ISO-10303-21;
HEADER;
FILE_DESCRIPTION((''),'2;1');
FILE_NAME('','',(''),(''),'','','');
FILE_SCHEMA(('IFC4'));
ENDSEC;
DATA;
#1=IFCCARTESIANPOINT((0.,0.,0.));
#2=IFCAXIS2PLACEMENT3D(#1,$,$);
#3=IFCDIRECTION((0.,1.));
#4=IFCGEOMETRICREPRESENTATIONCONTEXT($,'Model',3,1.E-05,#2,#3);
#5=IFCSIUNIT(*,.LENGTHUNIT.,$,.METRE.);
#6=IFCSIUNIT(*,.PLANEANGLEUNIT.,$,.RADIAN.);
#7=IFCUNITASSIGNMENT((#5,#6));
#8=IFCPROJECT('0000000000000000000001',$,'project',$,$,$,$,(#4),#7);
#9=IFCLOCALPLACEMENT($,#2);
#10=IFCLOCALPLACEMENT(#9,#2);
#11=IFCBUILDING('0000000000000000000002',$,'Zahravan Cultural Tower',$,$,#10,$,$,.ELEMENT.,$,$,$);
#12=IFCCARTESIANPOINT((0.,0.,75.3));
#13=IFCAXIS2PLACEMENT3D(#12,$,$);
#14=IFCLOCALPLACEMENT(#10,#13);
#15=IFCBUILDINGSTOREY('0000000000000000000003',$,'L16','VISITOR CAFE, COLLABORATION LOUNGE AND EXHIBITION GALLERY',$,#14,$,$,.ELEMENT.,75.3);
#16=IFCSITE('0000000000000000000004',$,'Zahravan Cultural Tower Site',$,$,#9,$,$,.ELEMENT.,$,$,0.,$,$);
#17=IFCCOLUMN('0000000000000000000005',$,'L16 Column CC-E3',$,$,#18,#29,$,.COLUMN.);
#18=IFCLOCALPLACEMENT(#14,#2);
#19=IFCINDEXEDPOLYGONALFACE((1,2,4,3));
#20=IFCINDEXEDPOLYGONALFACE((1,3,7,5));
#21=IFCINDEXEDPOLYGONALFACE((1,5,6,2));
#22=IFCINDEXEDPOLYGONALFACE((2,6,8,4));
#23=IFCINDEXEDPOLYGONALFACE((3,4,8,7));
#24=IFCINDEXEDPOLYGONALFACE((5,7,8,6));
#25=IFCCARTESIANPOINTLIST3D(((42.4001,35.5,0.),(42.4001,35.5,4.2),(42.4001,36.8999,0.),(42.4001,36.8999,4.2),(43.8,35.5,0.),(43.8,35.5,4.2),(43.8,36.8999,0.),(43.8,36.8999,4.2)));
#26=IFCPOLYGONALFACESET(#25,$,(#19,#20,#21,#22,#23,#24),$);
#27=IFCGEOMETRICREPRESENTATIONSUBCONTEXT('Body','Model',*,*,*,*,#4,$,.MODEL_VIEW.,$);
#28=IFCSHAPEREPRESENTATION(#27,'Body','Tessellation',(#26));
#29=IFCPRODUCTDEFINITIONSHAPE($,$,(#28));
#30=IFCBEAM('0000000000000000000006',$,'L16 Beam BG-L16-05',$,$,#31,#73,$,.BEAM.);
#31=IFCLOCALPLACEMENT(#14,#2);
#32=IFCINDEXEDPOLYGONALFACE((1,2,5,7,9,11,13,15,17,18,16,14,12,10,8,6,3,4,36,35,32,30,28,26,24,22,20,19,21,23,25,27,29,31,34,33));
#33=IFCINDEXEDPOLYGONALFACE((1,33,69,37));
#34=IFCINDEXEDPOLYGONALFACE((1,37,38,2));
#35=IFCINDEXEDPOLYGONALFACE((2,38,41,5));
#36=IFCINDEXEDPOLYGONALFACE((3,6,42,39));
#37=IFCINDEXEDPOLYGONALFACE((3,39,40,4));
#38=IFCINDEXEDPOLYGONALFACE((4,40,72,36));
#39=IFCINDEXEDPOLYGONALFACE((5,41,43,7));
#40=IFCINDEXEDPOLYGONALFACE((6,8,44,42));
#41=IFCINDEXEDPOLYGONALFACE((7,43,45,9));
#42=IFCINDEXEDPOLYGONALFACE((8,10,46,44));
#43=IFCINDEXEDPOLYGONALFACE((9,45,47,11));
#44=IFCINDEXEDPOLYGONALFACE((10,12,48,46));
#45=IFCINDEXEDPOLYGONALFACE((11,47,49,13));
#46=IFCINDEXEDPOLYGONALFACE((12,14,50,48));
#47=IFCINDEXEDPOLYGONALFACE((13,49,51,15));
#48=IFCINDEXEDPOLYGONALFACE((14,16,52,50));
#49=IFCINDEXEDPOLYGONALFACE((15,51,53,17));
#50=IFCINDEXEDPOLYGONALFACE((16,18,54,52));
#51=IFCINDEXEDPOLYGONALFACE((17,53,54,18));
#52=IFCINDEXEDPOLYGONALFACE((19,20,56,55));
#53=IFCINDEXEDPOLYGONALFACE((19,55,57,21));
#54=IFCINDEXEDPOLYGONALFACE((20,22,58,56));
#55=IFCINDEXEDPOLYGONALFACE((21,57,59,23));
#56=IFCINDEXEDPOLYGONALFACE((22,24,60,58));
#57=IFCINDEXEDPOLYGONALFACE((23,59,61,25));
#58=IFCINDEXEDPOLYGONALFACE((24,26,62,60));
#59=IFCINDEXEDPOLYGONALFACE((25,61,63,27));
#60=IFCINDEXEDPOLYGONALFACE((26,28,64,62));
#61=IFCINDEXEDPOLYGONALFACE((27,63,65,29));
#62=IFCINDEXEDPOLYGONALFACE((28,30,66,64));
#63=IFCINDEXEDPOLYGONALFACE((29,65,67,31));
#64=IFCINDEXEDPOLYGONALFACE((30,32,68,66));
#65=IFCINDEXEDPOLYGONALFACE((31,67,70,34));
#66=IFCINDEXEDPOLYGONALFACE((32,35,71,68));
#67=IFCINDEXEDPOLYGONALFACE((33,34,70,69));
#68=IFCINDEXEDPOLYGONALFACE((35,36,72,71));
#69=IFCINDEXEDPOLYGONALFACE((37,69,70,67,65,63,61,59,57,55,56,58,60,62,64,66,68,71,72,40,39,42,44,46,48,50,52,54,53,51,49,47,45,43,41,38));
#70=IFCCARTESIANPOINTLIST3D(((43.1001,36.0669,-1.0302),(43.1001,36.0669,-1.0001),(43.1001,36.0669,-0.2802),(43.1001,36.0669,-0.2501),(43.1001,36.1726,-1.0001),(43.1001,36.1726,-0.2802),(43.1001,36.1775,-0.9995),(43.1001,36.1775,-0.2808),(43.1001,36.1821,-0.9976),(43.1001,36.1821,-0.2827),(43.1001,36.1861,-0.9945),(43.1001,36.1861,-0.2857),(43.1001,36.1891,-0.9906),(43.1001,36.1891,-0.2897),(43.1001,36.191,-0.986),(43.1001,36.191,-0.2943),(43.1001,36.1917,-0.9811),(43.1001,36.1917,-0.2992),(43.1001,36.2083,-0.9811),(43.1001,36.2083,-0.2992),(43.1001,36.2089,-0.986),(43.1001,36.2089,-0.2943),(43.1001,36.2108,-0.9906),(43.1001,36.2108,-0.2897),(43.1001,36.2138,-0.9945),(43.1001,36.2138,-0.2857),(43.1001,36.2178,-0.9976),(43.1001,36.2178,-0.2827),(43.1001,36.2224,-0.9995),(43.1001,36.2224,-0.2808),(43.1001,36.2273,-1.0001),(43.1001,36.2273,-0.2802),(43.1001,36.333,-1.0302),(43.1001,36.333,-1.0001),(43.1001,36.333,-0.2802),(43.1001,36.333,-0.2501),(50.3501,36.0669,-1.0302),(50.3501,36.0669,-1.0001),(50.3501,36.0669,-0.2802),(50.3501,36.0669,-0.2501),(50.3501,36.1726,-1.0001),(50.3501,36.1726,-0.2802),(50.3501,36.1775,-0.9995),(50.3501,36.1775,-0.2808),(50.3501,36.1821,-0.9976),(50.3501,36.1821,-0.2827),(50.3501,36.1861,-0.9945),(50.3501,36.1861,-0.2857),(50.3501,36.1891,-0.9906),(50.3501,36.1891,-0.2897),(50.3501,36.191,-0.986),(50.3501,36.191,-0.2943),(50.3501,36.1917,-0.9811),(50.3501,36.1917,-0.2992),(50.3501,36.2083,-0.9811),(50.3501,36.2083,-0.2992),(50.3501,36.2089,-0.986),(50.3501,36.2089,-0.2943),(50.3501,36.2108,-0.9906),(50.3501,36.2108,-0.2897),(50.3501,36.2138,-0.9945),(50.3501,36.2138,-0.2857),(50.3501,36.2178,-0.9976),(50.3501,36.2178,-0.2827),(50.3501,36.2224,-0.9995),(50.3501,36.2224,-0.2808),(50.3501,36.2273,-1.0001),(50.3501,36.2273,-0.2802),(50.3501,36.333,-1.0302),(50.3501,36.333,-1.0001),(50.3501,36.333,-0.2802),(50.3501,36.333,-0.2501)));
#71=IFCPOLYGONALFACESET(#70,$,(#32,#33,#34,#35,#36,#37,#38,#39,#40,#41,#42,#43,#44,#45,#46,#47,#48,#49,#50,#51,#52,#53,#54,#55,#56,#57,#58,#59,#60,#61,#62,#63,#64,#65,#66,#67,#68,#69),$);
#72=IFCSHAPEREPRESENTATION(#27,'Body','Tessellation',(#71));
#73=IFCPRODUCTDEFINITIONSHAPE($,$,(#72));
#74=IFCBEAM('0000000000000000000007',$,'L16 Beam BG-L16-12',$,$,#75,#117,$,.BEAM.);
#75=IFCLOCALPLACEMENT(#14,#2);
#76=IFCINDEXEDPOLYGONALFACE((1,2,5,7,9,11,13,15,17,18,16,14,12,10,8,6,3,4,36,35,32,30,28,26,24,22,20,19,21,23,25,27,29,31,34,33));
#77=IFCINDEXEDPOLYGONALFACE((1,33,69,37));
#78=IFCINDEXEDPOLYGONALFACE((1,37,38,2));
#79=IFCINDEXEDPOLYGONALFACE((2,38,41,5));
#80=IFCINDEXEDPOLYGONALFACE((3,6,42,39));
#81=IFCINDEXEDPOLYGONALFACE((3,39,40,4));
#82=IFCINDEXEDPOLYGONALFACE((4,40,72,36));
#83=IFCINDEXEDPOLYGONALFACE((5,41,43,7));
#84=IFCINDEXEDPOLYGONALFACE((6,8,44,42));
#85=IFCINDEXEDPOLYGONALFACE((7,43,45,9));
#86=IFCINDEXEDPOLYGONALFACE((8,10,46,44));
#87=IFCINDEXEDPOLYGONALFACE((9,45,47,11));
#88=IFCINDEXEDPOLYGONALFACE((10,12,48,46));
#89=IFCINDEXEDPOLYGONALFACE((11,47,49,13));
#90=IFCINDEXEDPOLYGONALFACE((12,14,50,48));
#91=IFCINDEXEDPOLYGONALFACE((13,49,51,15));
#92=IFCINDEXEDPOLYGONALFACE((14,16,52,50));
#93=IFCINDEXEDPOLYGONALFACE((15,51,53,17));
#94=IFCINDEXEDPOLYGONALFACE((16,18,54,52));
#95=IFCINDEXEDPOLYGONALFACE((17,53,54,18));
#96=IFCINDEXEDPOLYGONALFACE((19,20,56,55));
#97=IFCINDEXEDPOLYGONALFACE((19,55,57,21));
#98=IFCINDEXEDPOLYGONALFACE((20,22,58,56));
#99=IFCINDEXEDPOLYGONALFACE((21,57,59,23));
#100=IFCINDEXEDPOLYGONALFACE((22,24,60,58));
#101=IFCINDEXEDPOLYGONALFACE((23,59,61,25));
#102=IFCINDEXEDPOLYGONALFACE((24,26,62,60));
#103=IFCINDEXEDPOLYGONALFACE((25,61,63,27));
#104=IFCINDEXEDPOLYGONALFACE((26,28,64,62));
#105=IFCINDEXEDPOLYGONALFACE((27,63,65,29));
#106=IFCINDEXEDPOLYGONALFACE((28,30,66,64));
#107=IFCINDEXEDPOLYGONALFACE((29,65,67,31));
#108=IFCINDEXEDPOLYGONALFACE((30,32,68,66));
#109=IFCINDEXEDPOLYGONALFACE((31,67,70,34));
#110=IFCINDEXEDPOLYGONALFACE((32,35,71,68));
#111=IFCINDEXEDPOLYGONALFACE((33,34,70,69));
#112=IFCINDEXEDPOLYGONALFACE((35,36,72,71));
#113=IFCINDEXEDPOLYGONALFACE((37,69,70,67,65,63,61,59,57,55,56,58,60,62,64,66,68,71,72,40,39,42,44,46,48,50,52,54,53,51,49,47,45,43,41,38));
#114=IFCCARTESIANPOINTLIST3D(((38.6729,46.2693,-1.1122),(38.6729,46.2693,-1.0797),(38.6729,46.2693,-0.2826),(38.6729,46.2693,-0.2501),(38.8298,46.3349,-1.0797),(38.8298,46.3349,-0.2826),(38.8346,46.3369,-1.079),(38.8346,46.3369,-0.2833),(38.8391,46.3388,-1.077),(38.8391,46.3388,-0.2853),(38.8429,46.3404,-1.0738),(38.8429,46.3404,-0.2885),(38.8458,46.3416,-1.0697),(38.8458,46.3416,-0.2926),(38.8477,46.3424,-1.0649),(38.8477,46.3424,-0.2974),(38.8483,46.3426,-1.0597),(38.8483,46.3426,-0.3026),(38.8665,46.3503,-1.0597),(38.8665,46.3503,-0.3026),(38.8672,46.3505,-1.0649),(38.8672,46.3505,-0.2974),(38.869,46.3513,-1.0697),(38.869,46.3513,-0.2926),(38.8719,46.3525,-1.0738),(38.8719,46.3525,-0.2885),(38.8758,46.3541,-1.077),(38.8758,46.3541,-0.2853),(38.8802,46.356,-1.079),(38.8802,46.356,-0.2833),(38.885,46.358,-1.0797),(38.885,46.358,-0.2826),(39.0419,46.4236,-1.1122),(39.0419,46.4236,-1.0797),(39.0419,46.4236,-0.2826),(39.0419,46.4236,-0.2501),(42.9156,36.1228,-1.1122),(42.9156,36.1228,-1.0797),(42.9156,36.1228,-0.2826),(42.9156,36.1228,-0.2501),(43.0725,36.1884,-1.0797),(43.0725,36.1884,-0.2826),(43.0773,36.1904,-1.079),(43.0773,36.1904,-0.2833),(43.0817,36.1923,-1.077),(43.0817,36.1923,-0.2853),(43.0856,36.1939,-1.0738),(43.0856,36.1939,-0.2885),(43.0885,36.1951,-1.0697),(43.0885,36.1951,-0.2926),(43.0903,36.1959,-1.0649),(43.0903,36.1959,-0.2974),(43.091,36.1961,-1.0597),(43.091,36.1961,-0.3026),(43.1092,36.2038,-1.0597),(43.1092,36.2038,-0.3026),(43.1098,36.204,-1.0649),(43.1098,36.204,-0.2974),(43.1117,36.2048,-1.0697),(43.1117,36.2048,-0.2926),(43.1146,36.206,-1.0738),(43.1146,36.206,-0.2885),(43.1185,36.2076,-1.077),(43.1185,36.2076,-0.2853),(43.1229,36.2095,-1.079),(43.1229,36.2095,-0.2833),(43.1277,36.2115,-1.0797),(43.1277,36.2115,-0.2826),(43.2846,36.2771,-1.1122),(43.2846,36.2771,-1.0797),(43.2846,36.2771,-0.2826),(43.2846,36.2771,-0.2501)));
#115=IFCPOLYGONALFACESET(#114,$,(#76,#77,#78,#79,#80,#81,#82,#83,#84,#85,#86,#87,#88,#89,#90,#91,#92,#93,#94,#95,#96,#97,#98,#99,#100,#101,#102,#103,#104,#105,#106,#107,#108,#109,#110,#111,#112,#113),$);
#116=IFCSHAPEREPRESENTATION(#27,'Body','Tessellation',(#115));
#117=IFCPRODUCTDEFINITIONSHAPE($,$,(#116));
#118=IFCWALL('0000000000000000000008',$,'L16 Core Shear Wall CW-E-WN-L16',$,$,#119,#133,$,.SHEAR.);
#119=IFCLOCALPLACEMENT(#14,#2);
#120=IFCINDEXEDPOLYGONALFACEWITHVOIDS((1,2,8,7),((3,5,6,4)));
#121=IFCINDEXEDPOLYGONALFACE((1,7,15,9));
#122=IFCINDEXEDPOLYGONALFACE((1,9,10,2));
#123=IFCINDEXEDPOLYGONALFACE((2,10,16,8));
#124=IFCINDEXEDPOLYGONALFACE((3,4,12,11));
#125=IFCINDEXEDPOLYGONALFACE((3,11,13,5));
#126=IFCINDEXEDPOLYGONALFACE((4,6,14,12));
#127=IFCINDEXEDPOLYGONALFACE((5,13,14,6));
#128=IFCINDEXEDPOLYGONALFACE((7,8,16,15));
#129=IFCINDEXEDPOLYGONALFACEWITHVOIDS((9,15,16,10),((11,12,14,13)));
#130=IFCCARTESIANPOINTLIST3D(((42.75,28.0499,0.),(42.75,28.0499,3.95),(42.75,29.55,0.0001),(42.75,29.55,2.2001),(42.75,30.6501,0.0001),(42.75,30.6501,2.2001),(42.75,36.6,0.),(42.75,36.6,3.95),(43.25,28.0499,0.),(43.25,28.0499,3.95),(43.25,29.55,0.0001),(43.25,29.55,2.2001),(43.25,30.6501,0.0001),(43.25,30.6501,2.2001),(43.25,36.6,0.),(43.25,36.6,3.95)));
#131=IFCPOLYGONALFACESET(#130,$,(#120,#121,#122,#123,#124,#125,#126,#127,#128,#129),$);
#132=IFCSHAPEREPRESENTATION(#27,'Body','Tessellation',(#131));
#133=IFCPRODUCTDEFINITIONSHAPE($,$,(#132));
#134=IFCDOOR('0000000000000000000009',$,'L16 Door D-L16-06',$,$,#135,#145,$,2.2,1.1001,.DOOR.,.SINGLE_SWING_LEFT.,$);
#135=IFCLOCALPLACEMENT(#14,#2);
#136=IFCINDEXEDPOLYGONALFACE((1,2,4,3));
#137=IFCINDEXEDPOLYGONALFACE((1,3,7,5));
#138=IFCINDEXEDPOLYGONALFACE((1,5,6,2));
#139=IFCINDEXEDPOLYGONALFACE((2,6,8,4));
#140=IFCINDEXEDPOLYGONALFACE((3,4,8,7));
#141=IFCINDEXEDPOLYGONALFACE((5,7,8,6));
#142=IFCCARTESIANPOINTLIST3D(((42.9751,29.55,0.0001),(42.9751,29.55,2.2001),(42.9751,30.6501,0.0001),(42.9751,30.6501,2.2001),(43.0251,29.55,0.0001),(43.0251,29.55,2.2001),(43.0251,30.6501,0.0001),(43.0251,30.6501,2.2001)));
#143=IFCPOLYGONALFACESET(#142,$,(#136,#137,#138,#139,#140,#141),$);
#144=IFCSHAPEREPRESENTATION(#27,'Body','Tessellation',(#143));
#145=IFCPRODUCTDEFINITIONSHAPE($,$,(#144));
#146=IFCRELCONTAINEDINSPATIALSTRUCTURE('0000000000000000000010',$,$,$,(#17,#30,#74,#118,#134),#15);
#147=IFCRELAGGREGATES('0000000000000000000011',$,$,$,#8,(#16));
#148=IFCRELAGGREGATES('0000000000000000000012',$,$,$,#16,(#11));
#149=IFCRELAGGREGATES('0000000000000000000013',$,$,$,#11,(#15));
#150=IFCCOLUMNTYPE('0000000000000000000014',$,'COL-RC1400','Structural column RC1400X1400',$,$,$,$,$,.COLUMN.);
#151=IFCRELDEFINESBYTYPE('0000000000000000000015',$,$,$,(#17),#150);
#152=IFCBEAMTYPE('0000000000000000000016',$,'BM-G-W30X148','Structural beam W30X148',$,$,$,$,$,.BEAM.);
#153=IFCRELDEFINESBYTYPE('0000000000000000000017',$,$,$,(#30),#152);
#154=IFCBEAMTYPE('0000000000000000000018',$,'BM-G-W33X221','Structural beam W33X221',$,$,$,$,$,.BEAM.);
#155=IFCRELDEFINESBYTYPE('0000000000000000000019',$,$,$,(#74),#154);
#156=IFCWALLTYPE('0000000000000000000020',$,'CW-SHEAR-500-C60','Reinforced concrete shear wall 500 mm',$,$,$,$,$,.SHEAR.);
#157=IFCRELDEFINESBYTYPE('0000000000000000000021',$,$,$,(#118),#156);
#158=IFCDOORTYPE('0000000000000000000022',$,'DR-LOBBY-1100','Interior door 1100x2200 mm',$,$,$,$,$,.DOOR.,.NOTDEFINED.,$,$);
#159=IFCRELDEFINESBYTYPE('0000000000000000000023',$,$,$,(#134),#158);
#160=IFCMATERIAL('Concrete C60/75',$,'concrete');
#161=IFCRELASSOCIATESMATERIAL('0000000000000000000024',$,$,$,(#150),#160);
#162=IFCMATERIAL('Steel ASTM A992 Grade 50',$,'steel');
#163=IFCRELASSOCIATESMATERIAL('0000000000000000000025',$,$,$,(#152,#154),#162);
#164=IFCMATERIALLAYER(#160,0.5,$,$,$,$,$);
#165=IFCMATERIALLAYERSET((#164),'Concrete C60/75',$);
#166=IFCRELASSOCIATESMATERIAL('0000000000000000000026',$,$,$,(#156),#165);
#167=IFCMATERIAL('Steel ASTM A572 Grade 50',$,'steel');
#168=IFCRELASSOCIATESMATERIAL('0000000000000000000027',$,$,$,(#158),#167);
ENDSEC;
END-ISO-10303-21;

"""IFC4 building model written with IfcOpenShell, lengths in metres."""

from ifc_helpers import new_model, si_unit, direction, frame, frame_2d, origin, origin_2d, place, context, subcontext, project, spatial, rectangle, i_section, extrude, source, transform, mapped, material, layer, layer_set, material_profile, profile_set, type_object, element, fill, save


model = new_model("IFC4")

# Units and contexts
model_context = context("Model", 3, precision=1e-05, world=origin(), true_north=direction((0.0, 1.0)))
body_context = subcontext(model_context, "Body", "Model", "MODEL_VIEW")
ifc_project = project(units=[si_unit("LENGTHUNIT", "METRE"), si_unit("PLANEANGLEUNIT", "RADIAN")], contexts=[model_context])

# Site, building, storey
site_placement = place(None, origin())
site = spatial("IfcSite", under=ifc_project, at=site_placement, Name="Zahravan Cultural Tower Site", CompositionType="ELEMENT", RefElevation=0.0)
building_placement = place(site_placement, origin())
building = spatial("IfcBuilding", under=site, at=building_placement, Name="Zahravan Cultural Tower", CompositionType="ELEMENT")
storey_placement = place(building_placement, frame((0.0, 0.0, 75.3)))
storey = spatial("IfcBuildingStorey", under=building, at=storey_placement, Name="L16", Description="VISITOR CAFE, COLLABORATION LOUNGE AND EXHIBITION GALLERY", CompositionType="ELEMENT", Elevation=75.3)

# Column
ifc_material_1 = material(Name="Concrete C60/75", Category="concrete")
ifc_material_profile_1 = material_profile(ifc_material_1, rectangle(XDim=1.3999, YDim=1.3999, at=origin_2d()), Name="RC1400X1400")
ifc_profile_set_1 = profile_set([ifc_material_profile_1], Name="Concrete C60/75")
column_type = type_object("IfcColumnType", Name="COL-RC1400", Description="Structural column RC1400X1400", PredefinedType="COLUMN", material=ifc_profile_set_1)
shared_shape_1 = source(origin(), body_context, "Body", "SweptSolid", [
    extrude(rectangle(XDim=1.3999, YDim=1.3999, at=origin_2d()), origin(), (0.0, 0.0, 1.0), 4.2),
])
column_placement = place(storey_placement, frame((43.1001, 36.2, 0.0), z_axis=(0.0, 0.0, 1.0), x_axis=(1.0, 0.0, 0.0)))
element("IfcColumn", 1, at=column_placement, inside=storey, type_object=column_type, Name="L16 Column CC-E3", PredefinedType="COLUMN", context=body_context, shape_type="MappedRepresentation", body=[
    mapped(shared_shape_1, transform((0.0, 0.0, 0.0), x_axis=(1.0, 0.0, 0.0), y_axis=(0.0, 1.0, 0.0), z_axis=(0.0, 0.0, 1.0), scale=1.0)),
])

# Beams
ifc_material_2 = material(Name="Steel ASTM A992 Grade 50", Category="steel")
ifc_material_profile_2 = material_profile(ifc_material_2, i_section(OverallWidth=0.2661, OverallDepth=0.78, WebThickness=0.0166, FlangeThickness=0.03, FilletRadius=0.019, at=origin_2d()), Name="W30X148")
ifc_profile_set_2 = profile_set([ifc_material_profile_2], Name="Steel ASTM A992 Grade 50")
beam_type_1 = type_object("IfcBeamType", Name="BM-G-W30X148", Description="Structural beam W30X148", PredefinedType="BEAM", material=ifc_profile_set_2)
shared_shape_2 = source(origin(), body_context, "Body", "SweptSolid", [
    extrude(i_section(OverallWidth=0.2661, OverallDepth=0.78, WebThickness=0.0166, FlangeThickness=0.03, FilletRadius=0.019, at=origin_2d()), origin(), (0.0, 0.0, 1.0), 7.25),
])
beam_1_placement = place(storey_placement, frame((43.1001, 36.2, -0.6401), z_axis=(1.0, 0.0, 0.0), x_axis=(0.0, 1.0, 0.0)))
element("IfcBeam", 2, at=beam_1_placement, inside=storey, type_object=beam_type_1, Name="L16 Beam BG-L16-05", PredefinedType="BEAM", context=body_context, shape_type="MappedRepresentation", body=[
    mapped(shared_shape_2, transform((0.0, 0.0, 0.0), x_axis=(1.0, 0.0, 0.0), y_axis=(0.0, 1.0, 0.0), z_axis=(0.0, 0.0, 1.0), scale=1.0)),
])
ifc_material_profile_3 = material_profile(ifc_material_2, i_section(OverallWidth=0.3999, OverallDepth=0.8621, WebThickness=0.0198, FlangeThickness=0.0325, FilletRadius=0.02, at=origin_2d()), Name="W33X221")
ifc_profile_set_3 = profile_set([ifc_material_profile_3], Name="Steel ASTM A992 Grade 50")
beam_type_2 = type_object("IfcBeamType", Name="BM-G-W33X221", Description="Structural beam W33X221", PredefinedType="BEAM", material=ifc_profile_set_3)
shared_shape_3 = source(origin(), body_context, "Body", "SweptSolid", [
    extrude(i_section(OverallWidth=0.3999, OverallDepth=0.8621, WebThickness=0.0198, FlangeThickness=0.0325, FilletRadius=0.02, at=origin_2d()), origin(), (0.0, 0.0, 1.0), 10.9978),
])
beam_2_placement = place(storey_placement, frame((43.1001, 36.2, -0.6812), z_axis=(-0.385775, 0.922593, 0.0), x_axis=(-0.922593, -0.385775, 0.0)))
element("IfcBeam", 3, at=beam_2_placement, inside=storey, type_object=beam_type_2, Name="L16 Beam BG-L16-12", PredefinedType="BEAM", context=body_context, shape_type="MappedRepresentation", body=[
    mapped(shared_shape_3, transform((0.0, 0.0, 0.0), x_axis=(1.0, 0.0, 0.0), y_axis=(0.0, 1.0, 0.0), z_axis=(0.0, 0.0, 1.0), scale=1.0)),
])

# Wall, opening, door
ifc_layer_1 = layer(ifc_material_1, 0.5)
ifc_layer_set_1 = layer_set([ifc_layer_1], Name="Concrete C60/75")
wall_type_1 = type_object("IfcWallType", Name="CW-SHEAR-500-C60", Description="Reinforced concrete shear wall 500 mm", PredefinedType="SHEAR", material=ifc_layer_set_1)
wall_1_placement = place(storey_placement, frame((43.0, 28.05, 0.0), z_axis=(0.0, 0.0, 1.0), x_axis=(0.0, 1.0, 0.0)))
wall_1 = element("IfcWall", 4, at=wall_1_placement, inside=storey, type_object=wall_type_1, Name="L16 Core Shear Wall CW-E-WN-L16", PredefinedType="SHEAR", context=body_context, shape_type="SweptSolid", body=[
    extrude(rectangle(XDim=8.55, YDim=0.5, at=frame_2d((4.2749, 0.0))), origin(), (0.0, 0.0, 1.0), 3.95),
])
opening_1_placement = place(wall_1_placement, frame((1.5, 0.0, 0.0)))
opening_1 = element("IfcOpeningElement", 5, at=opening_1_placement, cuts=wall_1, PredefinedType="OPENING", context=body_context, shape_type="SweptSolid", body=[
    extrude(rectangle(XDim=1.1001, YDim=2.2, at=frame_2d((0.55, 1.1001))), frame((0.0, 0.26, 0.0), z_axis=(0.0, -1.0, 0.0), x_axis=(1.0, 0.0, 0.0)), (0.0, 0.0, 1.0), 0.52),
])
ifc_material_3 = material(Name="Steel ASTM A572 Grade 50", Category="steel")
door_type_1 = type_object("IfcDoorType", Name="DR-LOBBY-1100", Description="Interior door 1100x2200 mm", OperationType="NOTDEFINED", PredefinedType="DOOR", material=ifc_material_3)
shared_shape_4 = source(origin(), body_context, "Body", "SweptSolid", [
    extrude(rectangle(XDim=1.1001, YDim=2.2, at=frame_2d((0.55, 1.1001))), frame((0.0, 0.0249, 0.0), z_axis=(0.0, -1.0, 0.0), x_axis=(1.0, 0.0, 0.0)), (0.0, 0.0, 1.0), 0.05),
])
door_1_placement = place(opening_1_placement, origin())
door_1 = element("IfcDoor", 6, at=door_1_placement, inside=storey, type_object=door_type_1, Name="L16 Door D-L16-06", OperationType="SINGLE_SWING_LEFT", OverallHeight=2.2, OverallWidth=1.1001, PredefinedType="DOOR", context=body_context, shape_type="MappedRepresentation", body=[
    mapped(shared_shape_4, transform((0.0, 0.0, 0.0), x_axis=(1.0, 0.0, 0.0), y_axis=(0.0, 1.0, 0.0), z_axis=(0.0, 0.0, 1.0), scale=1.0)),
])
fill(opening_1, door_1)

save(model, "model.ifc")
